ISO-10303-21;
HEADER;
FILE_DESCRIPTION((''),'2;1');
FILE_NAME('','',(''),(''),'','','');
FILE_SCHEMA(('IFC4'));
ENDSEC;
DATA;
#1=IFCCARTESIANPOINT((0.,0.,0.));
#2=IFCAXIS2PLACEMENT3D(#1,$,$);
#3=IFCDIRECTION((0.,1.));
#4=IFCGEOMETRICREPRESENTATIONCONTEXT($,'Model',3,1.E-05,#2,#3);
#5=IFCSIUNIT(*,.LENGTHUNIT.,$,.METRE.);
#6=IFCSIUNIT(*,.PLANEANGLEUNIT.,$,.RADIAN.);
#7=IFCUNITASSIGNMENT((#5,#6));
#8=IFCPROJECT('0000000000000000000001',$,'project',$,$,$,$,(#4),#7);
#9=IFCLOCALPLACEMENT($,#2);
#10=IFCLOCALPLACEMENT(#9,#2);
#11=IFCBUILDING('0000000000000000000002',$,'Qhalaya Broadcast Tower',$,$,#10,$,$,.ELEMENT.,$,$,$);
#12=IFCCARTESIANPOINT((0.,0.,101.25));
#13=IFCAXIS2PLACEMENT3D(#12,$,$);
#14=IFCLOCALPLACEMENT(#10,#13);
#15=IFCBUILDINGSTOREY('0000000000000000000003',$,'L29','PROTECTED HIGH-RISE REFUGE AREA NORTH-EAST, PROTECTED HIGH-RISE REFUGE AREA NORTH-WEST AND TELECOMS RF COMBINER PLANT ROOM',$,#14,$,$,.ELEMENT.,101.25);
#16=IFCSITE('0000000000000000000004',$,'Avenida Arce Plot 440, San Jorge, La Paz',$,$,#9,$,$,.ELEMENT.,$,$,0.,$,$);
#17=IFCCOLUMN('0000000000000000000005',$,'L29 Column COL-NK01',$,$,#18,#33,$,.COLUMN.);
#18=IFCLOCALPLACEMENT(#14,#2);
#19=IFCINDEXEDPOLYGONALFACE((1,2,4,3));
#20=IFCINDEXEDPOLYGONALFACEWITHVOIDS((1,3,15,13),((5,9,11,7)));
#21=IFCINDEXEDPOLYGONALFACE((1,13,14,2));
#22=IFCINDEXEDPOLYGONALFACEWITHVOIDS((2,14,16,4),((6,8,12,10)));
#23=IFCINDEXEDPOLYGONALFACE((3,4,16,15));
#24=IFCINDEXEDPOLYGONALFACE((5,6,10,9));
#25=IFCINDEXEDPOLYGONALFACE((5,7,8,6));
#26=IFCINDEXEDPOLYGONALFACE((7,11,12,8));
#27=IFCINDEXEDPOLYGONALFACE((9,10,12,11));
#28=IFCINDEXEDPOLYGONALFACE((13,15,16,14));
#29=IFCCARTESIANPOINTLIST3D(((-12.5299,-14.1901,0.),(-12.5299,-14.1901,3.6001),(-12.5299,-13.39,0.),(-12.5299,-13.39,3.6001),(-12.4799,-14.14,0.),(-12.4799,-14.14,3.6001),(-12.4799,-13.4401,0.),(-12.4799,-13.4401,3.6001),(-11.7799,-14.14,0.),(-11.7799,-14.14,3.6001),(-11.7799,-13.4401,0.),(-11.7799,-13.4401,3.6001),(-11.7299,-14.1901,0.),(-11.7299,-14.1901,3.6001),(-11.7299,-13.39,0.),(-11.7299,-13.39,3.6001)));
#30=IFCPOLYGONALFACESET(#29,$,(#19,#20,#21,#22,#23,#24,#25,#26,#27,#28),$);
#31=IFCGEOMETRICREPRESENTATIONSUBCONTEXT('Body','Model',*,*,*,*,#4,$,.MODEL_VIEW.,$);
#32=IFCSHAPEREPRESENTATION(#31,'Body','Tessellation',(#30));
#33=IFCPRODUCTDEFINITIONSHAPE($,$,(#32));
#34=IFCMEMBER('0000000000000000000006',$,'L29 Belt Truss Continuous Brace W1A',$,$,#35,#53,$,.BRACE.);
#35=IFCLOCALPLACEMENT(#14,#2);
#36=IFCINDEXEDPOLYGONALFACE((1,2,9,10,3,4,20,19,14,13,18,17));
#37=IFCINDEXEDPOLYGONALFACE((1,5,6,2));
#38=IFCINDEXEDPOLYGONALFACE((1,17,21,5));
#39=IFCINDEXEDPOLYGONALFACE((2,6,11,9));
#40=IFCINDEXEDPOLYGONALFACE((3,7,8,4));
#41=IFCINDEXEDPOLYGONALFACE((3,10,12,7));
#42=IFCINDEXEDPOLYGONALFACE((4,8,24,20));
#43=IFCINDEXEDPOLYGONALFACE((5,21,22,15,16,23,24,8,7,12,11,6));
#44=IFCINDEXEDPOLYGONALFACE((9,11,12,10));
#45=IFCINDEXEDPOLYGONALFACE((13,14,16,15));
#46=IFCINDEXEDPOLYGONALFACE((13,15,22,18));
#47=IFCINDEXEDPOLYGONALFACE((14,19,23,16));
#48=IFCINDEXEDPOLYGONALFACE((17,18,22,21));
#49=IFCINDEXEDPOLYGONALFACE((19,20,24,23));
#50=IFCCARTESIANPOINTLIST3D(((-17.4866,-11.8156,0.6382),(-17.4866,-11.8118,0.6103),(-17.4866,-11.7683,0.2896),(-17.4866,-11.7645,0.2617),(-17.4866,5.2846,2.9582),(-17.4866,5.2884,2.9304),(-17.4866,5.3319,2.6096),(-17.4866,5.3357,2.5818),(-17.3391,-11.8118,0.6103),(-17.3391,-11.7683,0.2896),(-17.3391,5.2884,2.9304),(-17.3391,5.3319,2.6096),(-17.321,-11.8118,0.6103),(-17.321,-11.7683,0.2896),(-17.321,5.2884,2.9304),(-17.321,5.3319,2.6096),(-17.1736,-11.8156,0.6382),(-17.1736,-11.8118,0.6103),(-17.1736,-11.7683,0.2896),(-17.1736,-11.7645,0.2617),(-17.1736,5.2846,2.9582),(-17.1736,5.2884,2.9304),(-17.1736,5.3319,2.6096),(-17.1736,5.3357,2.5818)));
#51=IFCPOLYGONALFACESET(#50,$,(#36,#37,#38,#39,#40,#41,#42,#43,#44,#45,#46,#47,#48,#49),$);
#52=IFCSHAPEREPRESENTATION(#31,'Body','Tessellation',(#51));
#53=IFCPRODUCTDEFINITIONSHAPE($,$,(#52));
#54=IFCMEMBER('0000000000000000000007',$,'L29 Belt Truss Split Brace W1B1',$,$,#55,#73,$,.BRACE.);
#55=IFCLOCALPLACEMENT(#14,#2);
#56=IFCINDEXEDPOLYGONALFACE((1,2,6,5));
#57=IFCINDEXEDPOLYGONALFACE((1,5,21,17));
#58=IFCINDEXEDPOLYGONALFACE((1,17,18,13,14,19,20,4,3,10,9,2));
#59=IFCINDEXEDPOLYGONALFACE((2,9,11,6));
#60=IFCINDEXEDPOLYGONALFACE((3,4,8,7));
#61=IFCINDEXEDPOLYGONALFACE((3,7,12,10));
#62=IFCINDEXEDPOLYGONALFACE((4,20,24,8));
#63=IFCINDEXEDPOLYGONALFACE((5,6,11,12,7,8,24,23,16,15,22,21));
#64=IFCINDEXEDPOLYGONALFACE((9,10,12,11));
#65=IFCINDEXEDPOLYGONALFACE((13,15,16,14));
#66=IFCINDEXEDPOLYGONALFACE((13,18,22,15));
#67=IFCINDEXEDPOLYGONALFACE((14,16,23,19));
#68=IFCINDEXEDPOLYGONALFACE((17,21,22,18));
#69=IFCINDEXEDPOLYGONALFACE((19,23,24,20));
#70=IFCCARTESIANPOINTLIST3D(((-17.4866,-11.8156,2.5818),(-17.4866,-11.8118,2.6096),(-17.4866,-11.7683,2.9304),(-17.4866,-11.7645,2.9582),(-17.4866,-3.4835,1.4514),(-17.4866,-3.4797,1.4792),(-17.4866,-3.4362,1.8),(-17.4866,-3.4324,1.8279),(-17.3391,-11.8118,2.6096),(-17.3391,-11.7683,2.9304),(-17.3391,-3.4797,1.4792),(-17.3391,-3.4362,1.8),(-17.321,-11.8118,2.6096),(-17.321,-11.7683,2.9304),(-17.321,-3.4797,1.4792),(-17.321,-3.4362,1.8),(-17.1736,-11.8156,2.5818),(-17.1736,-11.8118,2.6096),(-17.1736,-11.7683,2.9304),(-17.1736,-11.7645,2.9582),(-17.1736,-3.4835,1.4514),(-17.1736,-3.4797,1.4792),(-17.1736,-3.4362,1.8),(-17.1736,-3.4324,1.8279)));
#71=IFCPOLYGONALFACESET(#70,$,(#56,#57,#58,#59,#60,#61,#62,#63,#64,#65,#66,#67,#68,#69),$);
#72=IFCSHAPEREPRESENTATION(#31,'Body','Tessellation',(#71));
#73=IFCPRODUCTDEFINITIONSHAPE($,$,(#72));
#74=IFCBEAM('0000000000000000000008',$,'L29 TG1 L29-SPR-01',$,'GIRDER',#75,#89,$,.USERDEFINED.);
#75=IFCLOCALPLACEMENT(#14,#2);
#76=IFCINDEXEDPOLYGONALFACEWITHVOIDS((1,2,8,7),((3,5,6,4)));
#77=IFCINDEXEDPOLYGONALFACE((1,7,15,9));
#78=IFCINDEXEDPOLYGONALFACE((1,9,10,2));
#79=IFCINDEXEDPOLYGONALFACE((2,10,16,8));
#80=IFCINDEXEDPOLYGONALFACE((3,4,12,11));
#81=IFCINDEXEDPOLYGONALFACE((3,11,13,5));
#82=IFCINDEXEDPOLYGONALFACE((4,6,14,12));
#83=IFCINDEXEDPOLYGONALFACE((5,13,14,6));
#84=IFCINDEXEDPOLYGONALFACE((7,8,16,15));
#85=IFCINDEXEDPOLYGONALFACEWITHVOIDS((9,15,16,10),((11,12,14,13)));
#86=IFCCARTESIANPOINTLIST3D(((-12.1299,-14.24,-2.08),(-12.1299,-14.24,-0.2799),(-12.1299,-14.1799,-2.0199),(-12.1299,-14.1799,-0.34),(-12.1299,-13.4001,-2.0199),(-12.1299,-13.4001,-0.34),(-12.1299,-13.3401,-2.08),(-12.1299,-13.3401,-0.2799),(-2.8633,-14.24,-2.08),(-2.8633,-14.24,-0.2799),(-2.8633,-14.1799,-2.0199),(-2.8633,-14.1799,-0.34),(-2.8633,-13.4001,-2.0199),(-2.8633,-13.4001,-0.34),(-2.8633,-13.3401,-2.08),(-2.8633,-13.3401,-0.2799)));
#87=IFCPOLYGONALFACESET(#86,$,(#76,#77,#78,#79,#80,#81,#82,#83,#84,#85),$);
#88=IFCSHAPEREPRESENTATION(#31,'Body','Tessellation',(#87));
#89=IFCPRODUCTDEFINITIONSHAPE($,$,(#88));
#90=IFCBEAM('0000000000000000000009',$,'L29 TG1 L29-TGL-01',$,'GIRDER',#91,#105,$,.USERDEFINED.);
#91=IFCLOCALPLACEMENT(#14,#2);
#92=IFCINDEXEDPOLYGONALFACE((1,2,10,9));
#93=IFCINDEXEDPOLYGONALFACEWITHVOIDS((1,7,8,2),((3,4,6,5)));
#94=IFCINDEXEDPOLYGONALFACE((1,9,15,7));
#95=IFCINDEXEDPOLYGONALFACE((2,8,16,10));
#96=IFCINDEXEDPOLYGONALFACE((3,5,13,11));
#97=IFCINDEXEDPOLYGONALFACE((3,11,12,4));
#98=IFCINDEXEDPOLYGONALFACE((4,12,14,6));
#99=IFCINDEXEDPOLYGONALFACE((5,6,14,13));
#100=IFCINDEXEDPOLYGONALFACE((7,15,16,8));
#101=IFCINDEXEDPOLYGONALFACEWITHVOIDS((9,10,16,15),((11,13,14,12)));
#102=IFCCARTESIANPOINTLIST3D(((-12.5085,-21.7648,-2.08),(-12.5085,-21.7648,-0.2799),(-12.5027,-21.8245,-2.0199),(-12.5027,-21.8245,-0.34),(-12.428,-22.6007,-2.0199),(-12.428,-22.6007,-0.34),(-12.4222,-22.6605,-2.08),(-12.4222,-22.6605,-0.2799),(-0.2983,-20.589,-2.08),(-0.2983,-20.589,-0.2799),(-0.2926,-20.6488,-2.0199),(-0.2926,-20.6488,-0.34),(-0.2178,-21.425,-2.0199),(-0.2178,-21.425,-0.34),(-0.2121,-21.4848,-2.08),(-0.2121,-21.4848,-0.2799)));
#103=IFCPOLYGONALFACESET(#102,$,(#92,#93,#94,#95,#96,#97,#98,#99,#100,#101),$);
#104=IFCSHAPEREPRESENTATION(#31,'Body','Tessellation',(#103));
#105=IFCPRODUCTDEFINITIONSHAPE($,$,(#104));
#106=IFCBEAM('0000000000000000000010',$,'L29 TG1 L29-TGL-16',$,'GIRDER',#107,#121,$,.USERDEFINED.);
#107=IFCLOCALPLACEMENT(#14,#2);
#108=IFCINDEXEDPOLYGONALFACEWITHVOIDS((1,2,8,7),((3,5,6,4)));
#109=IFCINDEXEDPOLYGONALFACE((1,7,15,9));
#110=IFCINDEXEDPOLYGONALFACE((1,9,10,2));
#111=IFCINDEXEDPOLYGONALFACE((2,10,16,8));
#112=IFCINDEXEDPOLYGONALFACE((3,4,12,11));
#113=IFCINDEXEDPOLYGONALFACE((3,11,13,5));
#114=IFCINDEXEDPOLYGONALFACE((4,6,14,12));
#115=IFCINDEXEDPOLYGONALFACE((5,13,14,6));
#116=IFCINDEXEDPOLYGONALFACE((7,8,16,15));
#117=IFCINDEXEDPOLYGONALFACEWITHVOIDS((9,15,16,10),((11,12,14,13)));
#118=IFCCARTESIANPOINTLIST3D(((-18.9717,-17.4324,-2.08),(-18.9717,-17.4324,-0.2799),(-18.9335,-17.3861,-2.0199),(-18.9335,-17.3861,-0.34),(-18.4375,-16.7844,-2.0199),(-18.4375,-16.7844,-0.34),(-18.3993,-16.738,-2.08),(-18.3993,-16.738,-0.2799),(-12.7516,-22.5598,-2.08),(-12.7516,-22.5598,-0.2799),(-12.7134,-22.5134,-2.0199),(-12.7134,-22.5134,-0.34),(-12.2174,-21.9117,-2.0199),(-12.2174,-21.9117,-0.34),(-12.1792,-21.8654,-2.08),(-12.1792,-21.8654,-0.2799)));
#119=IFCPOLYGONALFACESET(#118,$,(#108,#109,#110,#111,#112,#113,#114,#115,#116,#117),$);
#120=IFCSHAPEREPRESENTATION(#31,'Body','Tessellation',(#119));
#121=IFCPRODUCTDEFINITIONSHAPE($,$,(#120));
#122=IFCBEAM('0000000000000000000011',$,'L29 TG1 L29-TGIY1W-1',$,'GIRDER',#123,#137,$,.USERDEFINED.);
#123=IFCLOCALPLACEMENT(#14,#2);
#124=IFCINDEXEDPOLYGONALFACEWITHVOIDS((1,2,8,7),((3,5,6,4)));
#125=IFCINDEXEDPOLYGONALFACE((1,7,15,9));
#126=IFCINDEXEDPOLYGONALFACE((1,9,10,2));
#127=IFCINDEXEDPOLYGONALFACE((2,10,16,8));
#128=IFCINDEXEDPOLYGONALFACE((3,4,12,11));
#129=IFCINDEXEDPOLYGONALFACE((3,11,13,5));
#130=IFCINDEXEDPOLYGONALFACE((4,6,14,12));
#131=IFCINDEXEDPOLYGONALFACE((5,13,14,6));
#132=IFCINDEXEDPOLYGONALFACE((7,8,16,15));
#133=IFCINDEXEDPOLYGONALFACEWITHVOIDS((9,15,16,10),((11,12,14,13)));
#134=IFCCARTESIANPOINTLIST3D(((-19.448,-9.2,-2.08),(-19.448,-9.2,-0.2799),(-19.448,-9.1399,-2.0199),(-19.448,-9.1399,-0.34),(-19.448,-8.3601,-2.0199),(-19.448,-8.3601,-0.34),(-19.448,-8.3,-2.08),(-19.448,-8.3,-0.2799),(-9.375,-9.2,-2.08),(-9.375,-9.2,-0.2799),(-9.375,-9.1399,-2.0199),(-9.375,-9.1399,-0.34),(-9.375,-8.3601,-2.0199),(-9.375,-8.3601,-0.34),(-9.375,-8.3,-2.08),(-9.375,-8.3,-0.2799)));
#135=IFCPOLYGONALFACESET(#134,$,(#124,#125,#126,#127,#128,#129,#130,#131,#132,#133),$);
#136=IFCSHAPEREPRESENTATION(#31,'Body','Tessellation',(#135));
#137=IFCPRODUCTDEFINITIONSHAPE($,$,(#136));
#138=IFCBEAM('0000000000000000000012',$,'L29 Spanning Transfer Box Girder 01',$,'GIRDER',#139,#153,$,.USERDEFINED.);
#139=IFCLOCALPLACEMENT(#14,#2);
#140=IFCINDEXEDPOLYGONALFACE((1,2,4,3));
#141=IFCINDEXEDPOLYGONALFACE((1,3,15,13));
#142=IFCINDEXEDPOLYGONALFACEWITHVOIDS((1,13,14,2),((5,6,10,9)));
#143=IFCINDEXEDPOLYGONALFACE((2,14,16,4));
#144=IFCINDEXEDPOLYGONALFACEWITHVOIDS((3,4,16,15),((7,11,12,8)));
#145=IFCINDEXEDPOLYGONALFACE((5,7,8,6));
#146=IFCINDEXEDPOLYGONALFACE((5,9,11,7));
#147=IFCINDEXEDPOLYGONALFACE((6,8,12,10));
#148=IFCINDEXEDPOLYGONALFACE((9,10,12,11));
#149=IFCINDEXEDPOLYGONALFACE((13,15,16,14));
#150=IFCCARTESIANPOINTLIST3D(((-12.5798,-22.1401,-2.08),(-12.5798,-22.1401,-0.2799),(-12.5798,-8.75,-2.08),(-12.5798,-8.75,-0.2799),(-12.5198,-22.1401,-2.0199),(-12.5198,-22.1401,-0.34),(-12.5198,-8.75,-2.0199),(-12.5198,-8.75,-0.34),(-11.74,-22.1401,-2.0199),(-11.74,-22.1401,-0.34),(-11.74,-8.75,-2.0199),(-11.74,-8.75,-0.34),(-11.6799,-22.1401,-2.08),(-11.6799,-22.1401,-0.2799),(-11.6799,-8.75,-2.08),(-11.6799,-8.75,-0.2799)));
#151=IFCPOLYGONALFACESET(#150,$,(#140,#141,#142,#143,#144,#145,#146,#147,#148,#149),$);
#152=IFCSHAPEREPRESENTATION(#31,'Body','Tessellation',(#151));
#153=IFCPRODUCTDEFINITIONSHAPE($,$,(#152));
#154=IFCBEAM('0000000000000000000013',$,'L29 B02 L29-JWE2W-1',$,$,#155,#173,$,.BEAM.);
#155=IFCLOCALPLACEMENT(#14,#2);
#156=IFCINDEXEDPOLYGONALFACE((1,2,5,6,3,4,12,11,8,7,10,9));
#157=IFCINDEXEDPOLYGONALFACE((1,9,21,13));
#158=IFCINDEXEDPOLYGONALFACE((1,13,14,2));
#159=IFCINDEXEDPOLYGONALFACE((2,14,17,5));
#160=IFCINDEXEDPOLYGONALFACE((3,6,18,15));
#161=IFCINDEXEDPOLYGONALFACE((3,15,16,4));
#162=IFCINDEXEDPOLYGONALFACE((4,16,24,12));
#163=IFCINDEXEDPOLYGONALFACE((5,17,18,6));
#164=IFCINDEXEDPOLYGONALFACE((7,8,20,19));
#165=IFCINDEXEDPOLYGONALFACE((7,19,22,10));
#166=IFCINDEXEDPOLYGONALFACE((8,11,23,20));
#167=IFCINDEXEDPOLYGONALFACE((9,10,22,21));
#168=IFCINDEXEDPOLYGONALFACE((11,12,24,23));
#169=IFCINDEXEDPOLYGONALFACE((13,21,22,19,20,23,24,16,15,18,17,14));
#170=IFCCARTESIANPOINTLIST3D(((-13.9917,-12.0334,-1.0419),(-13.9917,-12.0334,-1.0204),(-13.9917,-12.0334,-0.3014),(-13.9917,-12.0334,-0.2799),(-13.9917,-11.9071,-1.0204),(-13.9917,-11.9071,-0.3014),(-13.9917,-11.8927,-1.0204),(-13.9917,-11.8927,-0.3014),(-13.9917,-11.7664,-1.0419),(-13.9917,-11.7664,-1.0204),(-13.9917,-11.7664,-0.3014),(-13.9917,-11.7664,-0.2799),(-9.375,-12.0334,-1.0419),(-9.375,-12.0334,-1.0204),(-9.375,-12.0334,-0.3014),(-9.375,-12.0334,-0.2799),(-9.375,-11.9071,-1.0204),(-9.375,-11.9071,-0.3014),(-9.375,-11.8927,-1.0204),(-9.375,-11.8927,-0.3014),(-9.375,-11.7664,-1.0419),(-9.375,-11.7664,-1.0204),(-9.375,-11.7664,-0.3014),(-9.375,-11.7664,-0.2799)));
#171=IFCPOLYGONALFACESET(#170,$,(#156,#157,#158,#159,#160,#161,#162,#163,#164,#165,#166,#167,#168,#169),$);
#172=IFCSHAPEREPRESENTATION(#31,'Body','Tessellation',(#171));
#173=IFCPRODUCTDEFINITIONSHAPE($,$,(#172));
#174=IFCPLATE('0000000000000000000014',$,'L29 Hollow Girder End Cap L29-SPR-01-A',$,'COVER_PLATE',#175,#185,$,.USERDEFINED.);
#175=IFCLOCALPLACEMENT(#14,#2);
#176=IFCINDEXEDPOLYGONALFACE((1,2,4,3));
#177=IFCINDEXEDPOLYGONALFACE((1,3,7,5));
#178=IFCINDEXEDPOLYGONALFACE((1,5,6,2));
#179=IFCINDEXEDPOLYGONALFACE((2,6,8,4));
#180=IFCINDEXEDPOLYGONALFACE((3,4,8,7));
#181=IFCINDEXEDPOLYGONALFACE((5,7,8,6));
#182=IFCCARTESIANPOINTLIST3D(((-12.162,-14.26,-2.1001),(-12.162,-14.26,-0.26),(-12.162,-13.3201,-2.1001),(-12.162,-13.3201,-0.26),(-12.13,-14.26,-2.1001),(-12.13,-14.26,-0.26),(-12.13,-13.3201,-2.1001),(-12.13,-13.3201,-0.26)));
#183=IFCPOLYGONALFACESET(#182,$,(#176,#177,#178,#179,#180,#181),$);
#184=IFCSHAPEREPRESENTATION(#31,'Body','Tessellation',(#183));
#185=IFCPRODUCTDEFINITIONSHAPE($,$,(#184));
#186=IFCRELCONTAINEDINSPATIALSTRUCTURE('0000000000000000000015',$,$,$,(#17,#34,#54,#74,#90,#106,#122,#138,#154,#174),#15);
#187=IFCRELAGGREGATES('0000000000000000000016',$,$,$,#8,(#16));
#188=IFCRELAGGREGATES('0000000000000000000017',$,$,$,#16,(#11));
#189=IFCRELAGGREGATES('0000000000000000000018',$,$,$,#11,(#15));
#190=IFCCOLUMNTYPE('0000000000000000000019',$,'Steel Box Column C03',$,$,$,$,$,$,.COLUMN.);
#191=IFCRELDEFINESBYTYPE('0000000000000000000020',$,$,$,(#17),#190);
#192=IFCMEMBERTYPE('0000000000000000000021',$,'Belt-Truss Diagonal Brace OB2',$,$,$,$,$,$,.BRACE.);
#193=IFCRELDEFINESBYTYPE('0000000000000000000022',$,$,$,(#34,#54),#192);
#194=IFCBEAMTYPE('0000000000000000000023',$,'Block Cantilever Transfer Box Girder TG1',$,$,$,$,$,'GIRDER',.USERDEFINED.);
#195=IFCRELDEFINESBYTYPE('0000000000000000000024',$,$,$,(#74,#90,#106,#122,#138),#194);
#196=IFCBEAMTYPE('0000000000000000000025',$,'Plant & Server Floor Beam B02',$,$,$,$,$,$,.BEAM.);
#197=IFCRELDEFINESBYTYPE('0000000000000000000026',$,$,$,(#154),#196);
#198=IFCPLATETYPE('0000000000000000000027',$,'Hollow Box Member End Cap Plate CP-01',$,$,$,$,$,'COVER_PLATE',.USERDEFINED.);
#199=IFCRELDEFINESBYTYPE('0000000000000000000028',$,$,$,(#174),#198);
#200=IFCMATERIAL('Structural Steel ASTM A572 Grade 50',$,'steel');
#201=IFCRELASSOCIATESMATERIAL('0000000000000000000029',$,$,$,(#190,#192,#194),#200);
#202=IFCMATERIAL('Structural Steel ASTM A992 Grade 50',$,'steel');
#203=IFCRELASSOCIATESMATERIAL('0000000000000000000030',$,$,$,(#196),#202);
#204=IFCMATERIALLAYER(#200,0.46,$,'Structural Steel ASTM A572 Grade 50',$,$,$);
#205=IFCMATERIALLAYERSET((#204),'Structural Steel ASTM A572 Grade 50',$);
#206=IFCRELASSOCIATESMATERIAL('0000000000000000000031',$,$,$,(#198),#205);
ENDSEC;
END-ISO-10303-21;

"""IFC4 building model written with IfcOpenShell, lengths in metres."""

from ifc_helpers import new_model, si_unit, direction, frame, origin, origin_2d, place, context, subcontext, project, spatial, rectangle, hollow_rectangle, i_section, extrude, material, layer, layer_set, material_profile, profile_set, type_object, element, save


model = new_model("IFC4")

# Units and contexts
model_context = context("Model", 3, precision=1e-05, world=origin(), true_north=direction((0.0, 1.0)))
body_context = subcontext(model_context, "Body", "Model", "MODEL_VIEW")
ifc_project = project(units=[si_unit("LENGTHUNIT", "METRE"), si_unit("PLANEANGLEUNIT", "RADIAN")], contexts=[model_context])

# Site, building, storey
site_placement = place(None, origin())
site = spatial("IfcSite", under=ifc_project, at=site_placement, Name="Avenida Arce Plot 440, San Jorge, La Paz", CompositionType="ELEMENT", RefElevation=0.0)
building_placement = place(site_placement, origin())
building = spatial("IfcBuilding", under=site, at=building_placement, Name="Qhalaya Broadcast Tower", CompositionType="ELEMENT")
storey_placement = place(building_placement, frame((0.0, 0.0, 101.25)))
storey = spatial("IfcBuildingStorey", under=building, at=storey_placement, Name="L29", Description="PROTECTED HIGH-RISE REFUGE AREA NORTH-EAST, PROTECTED HIGH-RISE REFUGE AREA NORTH-WEST AND TELECOMS RF COMBINER PLANT ROOM", CompositionType="ELEMENT", Elevation=101.25)

# Column
ifc_material_1 = material(Name="Structural Steel ASTM A572 Grade 50", Category="steel")
ifc_material_profile_1 = material_profile(ifc_material_1, hollow_rectangle(XDim=0.8, YDim=0.8, WallThickness=0.05, at=origin_2d()), Name="BOX 800x800x50")
ifc_profile_set_1 = profile_set([ifc_material_profile_1], Name="Structural Steel ASTM A572 Grade 50")
column_type = type_object("IfcColumnType", Name="Steel Box Column C03", PredefinedType="COLUMN", material=ifc_profile_set_1)
column_placement = place(storey_placement, frame((-12.1299, -13.79, 0.0), z_axis=(0.0, 0.0, 1.0), x_axis=(1.0, 0.0, 0.0)))
element("IfcColumn", 1, at=column_placement, inside=storey, type_object=column_type, Name="L29 Column COL-NK01", PredefinedType="COLUMN", context=body_context, shape_type="SweptSolid", body=[
    extrude(hollow_rectangle(XDim=0.8, YDim=0.8, WallThickness=0.05, at=origin_2d()), origin(), (0.0, 0.0, 1.0), 3.6001),
])

# Members
ifc_material_profile_2 = material_profile(ifc_material_1, i_section(OverallWidth=0.313, OverallDepth=0.3799, WebThickness=0.0181, FlangeThickness=0.0281, at=origin_2d()), Name="W12X120")
ifc_profile_set_2 = profile_set([ifc_material_profile_2], Name="Structural Steel ASTM A572 Grade 50")
member_type = type_object("IfcMemberType", Name="Belt-Truss Diagonal Brace OB2", PredefinedType="BRACE", material=ifc_profile_set_2)
member_1_placement = place(storey_placement, frame((-17.3301, -11.79, 0.45), z_axis=(0.0, 0.990921, 0.134444), x_axis=(-1.0, 0.0, 0.0)))
element("IfcMember", 2, at=member_1_placement, inside=storey, type_object=member_type, Name="L29 Belt Truss Continuous Brace W1A", PredefinedType="BRACE", context=body_context, shape_type="SweptSolid", body=[
    extrude(i_section(OverallWidth=0.313, OverallDepth=0.3799, WebThickness=0.0181, FlangeThickness=0.0281, at=origin_2d()), origin(), (0.0, 0.0, 1.0), 17.2568),
])
member_2_placement = place(storey_placement, frame((-17.3301, -11.79, 2.77), z_axis=(0.0, 0.990923, -0.134434), x_axis=(-1.0, 0.0, 0.0)))
element("IfcMember", 3, at=member_2_placement, inside=storey, type_object=member_type, Name="L29 Belt Truss Split Brace W1B1", PredefinedType="BRACE", context=body_context, shape_type="SweptSolid", body=[
    extrude(i_section(OverallWidth=0.313, OverallDepth=0.3799, WebThickness=0.0181, FlangeThickness=0.0281, at=origin_2d()), origin(), (0.0, 0.0, 1.0), 8.4084),
])

# Beams
ifc_material_profile_3 = material_profile(ifc_material_1, hollow_rectangle(XDim=0.8999, YDim=1.8, WallThickness=0.0601, at=origin_2d()), Name="BOX 900x1800x60")
ifc_profile_set_3 = profile_set([ifc_material_profile_3], Name="Structural Steel ASTM A572 Grade 50")
beam_type_1 = type_object("IfcBeamType", Name="Block Cantilever Transfer Box Girder TG1", ElementType="GIRDER", PredefinedType="USERDEFINED", material=ifc_profile_set_3)
beam_1_placement = place(storey_placement, frame((-12.1299, -13.79, -1.1799), z_axis=(1.0, 0.0, 0.0), x_axis=(0.0, 1.0, 0.0)))
element("IfcBeam", 4, at=beam_1_placement, inside=storey, type_object=beam_type_1, Name="L29 TG1 L29-SPR-01", ObjectType="GIRDER", PredefinedType="USERDEFINED", context=body_context, shape_type="SweptSolid", body=[
    extrude(hollow_rectangle(XDim=0.8999, YDim=1.8, WallThickness=0.0601, at=origin_2d()), origin(), (0.0, 0.0, 1.0), 9.2666),
])
beam_2_placement = place(storey_placement, frame((-12.4653, -22.2126, -1.1799), z_axis=(0.995396, 0.095852, 0.0), x_axis=(-0.095852, 0.995396, 0.0)))
element("IfcBeam", 5, at=beam_2_placement, inside=storey, type_object=beam_type_1, Name="L29 TG1 L29-TGL-01", ObjectType="GIRDER", PredefinedType="USERDEFINED", context=body_context, shape_type="SweptSolid", body=[
    extrude(hollow_rectangle(XDim=0.8999, YDim=1.8, WallThickness=0.0601, at=origin_2d()), origin(), (0.0, 0.0, 1.0), 12.2666),
])
beam_3_placement = place(storey_placement, frame((-18.6855, -17.0852, -1.1799), z_axis=(0.771631, -0.63607, 0.0), x_axis=(0.63607, 0.771631, 0.0)))
element("IfcBeam", 6, at=beam_3_placement, inside=storey, type_object=beam_type_1, Name="L29 TG1 L29-TGL-16", ObjectType="GIRDER", PredefinedType="USERDEFINED", context=body_context, shape_type="SweptSolid", body=[
    extrude(hollow_rectangle(XDim=0.8999, YDim=1.8, WallThickness=0.0601, at=origin_2d()), origin(), (0.0, 0.0, 1.0), 8.061),
])
beam_4_placement = place(storey_placement, frame((-19.448, -8.75, -1.1799), z_axis=(1.0, 0.0, 0.0), x_axis=(0.0, 1.0, 0.0)))
element("IfcBeam", 7, at=beam_4_placement, inside=storey, type_object=beam_type_1, Name="L29 TG1 L29-TGIY1W-1", ObjectType="GIRDER", PredefinedType="USERDEFINED", context=body_context, shape_type="SweptSolid", body=[
    extrude(hollow_rectangle(XDim=0.8999, YDim=1.8, WallThickness=0.0601, at=origin_2d()), origin(), (0.0, 0.0, 1.0), 10.073),
])
beam_5_placement = place(storey_placement, frame((-12.1299, -22.1401, -1.1799), z_axis=(0.0, 1.0, 0.0), x_axis=(-1.0, 0.0, 0.0)))
element("IfcBeam", 8, at=beam_5_placement, inside=storey, type_object=beam_type_1, Name="L29 Spanning Transfer Box Girder 01", ObjectType="GIRDER", PredefinedType="USERDEFINED", context=body_context, shape_type="SweptSolid", body=[
    extrude(hollow_rectangle(XDim=0.8999, YDim=1.8, WallThickness=0.0601, at=origin_2d()), origin(), (0.0, 0.0, 1.0), 13.3901),
])
ifc_material_2 = material(Name="Structural Steel ASTM A992 Grade 50", Category="steel")
ifc_material_profile_4 = material_profile(ifc_material_2, i_section(OverallWidth=0.2671, OverallDepth=0.762, WebThickness=0.0144, FlangeThickness=0.0215, at=origin_2d()), Name="W30X116")
ifc_profile_set_4 = profile_set([ifc_material_profile_4], Name="Structural Steel ASTM A992 Grade 50")
beam_type_2 = type_object("IfcBeamType", Name="Plant & Server Floor Beam B02", PredefinedType="BEAM", material=ifc_profile_set_4)
beam_6_placement = place(storey_placement, frame((-13.9917, -11.8999, -0.6609), z_axis=(1.0, 0.0, 0.0), x_axis=(0.0, 1.0, 0.0)))
element("IfcBeam", 9, at=beam_6_placement, inside=storey, type_object=beam_type_2, Name="L29 B02 L29-JWE2W-1", PredefinedType="BEAM", context=body_context, shape_type="SweptSolid", body=[
    extrude(i_section(OverallWidth=0.2671, OverallDepth=0.762, WebThickness=0.0144, FlangeThickness=0.0215, at=origin_2d()), origin(), (0.0, 0.0, 1.0), 4.6167),
])

# Plate
ifc_layer_1 = layer(ifc_material_1, 0.46, Name="Structural Steel ASTM A572 Grade 50")
ifc_layer_set_1 = layer_set([ifc_layer_1], Name="Structural Steel ASTM A572 Grade 50")
plate_type_1 = type_object("IfcPlateType", Name="Hollow Box Member End Cap Plate CP-01", ElementType="COVER_PLATE", PredefinedType="USERDEFINED", material=ifc_layer_set_1)
for number, where, z_axis, x_axis, name in (
    (10, (-12.146, -13.79, -2.1001), (0.0, 0.0, 1.0), (0.0, 1.0, 0.0), "L29 Hollow Girder End Cap L29-SPR-01-A"),
):
    element("IfcPlate", number, at=place(storey_placement, frame(where, z_axis=z_axis, x_axis=x_axis)), inside=storey, type_object=plate_type_1, Name=name, ObjectType="COVER_PLATE", PredefinedType="USERDEFINED", context=body_context, shape_type="SweptSolid", body=[
        extrude(rectangle(XDim=0.9399, YDim=0.032, at=origin_2d()), origin(), (0.0, 0.0, 1.0), 1.8401),
    ])

save(model, "model.ifc")
